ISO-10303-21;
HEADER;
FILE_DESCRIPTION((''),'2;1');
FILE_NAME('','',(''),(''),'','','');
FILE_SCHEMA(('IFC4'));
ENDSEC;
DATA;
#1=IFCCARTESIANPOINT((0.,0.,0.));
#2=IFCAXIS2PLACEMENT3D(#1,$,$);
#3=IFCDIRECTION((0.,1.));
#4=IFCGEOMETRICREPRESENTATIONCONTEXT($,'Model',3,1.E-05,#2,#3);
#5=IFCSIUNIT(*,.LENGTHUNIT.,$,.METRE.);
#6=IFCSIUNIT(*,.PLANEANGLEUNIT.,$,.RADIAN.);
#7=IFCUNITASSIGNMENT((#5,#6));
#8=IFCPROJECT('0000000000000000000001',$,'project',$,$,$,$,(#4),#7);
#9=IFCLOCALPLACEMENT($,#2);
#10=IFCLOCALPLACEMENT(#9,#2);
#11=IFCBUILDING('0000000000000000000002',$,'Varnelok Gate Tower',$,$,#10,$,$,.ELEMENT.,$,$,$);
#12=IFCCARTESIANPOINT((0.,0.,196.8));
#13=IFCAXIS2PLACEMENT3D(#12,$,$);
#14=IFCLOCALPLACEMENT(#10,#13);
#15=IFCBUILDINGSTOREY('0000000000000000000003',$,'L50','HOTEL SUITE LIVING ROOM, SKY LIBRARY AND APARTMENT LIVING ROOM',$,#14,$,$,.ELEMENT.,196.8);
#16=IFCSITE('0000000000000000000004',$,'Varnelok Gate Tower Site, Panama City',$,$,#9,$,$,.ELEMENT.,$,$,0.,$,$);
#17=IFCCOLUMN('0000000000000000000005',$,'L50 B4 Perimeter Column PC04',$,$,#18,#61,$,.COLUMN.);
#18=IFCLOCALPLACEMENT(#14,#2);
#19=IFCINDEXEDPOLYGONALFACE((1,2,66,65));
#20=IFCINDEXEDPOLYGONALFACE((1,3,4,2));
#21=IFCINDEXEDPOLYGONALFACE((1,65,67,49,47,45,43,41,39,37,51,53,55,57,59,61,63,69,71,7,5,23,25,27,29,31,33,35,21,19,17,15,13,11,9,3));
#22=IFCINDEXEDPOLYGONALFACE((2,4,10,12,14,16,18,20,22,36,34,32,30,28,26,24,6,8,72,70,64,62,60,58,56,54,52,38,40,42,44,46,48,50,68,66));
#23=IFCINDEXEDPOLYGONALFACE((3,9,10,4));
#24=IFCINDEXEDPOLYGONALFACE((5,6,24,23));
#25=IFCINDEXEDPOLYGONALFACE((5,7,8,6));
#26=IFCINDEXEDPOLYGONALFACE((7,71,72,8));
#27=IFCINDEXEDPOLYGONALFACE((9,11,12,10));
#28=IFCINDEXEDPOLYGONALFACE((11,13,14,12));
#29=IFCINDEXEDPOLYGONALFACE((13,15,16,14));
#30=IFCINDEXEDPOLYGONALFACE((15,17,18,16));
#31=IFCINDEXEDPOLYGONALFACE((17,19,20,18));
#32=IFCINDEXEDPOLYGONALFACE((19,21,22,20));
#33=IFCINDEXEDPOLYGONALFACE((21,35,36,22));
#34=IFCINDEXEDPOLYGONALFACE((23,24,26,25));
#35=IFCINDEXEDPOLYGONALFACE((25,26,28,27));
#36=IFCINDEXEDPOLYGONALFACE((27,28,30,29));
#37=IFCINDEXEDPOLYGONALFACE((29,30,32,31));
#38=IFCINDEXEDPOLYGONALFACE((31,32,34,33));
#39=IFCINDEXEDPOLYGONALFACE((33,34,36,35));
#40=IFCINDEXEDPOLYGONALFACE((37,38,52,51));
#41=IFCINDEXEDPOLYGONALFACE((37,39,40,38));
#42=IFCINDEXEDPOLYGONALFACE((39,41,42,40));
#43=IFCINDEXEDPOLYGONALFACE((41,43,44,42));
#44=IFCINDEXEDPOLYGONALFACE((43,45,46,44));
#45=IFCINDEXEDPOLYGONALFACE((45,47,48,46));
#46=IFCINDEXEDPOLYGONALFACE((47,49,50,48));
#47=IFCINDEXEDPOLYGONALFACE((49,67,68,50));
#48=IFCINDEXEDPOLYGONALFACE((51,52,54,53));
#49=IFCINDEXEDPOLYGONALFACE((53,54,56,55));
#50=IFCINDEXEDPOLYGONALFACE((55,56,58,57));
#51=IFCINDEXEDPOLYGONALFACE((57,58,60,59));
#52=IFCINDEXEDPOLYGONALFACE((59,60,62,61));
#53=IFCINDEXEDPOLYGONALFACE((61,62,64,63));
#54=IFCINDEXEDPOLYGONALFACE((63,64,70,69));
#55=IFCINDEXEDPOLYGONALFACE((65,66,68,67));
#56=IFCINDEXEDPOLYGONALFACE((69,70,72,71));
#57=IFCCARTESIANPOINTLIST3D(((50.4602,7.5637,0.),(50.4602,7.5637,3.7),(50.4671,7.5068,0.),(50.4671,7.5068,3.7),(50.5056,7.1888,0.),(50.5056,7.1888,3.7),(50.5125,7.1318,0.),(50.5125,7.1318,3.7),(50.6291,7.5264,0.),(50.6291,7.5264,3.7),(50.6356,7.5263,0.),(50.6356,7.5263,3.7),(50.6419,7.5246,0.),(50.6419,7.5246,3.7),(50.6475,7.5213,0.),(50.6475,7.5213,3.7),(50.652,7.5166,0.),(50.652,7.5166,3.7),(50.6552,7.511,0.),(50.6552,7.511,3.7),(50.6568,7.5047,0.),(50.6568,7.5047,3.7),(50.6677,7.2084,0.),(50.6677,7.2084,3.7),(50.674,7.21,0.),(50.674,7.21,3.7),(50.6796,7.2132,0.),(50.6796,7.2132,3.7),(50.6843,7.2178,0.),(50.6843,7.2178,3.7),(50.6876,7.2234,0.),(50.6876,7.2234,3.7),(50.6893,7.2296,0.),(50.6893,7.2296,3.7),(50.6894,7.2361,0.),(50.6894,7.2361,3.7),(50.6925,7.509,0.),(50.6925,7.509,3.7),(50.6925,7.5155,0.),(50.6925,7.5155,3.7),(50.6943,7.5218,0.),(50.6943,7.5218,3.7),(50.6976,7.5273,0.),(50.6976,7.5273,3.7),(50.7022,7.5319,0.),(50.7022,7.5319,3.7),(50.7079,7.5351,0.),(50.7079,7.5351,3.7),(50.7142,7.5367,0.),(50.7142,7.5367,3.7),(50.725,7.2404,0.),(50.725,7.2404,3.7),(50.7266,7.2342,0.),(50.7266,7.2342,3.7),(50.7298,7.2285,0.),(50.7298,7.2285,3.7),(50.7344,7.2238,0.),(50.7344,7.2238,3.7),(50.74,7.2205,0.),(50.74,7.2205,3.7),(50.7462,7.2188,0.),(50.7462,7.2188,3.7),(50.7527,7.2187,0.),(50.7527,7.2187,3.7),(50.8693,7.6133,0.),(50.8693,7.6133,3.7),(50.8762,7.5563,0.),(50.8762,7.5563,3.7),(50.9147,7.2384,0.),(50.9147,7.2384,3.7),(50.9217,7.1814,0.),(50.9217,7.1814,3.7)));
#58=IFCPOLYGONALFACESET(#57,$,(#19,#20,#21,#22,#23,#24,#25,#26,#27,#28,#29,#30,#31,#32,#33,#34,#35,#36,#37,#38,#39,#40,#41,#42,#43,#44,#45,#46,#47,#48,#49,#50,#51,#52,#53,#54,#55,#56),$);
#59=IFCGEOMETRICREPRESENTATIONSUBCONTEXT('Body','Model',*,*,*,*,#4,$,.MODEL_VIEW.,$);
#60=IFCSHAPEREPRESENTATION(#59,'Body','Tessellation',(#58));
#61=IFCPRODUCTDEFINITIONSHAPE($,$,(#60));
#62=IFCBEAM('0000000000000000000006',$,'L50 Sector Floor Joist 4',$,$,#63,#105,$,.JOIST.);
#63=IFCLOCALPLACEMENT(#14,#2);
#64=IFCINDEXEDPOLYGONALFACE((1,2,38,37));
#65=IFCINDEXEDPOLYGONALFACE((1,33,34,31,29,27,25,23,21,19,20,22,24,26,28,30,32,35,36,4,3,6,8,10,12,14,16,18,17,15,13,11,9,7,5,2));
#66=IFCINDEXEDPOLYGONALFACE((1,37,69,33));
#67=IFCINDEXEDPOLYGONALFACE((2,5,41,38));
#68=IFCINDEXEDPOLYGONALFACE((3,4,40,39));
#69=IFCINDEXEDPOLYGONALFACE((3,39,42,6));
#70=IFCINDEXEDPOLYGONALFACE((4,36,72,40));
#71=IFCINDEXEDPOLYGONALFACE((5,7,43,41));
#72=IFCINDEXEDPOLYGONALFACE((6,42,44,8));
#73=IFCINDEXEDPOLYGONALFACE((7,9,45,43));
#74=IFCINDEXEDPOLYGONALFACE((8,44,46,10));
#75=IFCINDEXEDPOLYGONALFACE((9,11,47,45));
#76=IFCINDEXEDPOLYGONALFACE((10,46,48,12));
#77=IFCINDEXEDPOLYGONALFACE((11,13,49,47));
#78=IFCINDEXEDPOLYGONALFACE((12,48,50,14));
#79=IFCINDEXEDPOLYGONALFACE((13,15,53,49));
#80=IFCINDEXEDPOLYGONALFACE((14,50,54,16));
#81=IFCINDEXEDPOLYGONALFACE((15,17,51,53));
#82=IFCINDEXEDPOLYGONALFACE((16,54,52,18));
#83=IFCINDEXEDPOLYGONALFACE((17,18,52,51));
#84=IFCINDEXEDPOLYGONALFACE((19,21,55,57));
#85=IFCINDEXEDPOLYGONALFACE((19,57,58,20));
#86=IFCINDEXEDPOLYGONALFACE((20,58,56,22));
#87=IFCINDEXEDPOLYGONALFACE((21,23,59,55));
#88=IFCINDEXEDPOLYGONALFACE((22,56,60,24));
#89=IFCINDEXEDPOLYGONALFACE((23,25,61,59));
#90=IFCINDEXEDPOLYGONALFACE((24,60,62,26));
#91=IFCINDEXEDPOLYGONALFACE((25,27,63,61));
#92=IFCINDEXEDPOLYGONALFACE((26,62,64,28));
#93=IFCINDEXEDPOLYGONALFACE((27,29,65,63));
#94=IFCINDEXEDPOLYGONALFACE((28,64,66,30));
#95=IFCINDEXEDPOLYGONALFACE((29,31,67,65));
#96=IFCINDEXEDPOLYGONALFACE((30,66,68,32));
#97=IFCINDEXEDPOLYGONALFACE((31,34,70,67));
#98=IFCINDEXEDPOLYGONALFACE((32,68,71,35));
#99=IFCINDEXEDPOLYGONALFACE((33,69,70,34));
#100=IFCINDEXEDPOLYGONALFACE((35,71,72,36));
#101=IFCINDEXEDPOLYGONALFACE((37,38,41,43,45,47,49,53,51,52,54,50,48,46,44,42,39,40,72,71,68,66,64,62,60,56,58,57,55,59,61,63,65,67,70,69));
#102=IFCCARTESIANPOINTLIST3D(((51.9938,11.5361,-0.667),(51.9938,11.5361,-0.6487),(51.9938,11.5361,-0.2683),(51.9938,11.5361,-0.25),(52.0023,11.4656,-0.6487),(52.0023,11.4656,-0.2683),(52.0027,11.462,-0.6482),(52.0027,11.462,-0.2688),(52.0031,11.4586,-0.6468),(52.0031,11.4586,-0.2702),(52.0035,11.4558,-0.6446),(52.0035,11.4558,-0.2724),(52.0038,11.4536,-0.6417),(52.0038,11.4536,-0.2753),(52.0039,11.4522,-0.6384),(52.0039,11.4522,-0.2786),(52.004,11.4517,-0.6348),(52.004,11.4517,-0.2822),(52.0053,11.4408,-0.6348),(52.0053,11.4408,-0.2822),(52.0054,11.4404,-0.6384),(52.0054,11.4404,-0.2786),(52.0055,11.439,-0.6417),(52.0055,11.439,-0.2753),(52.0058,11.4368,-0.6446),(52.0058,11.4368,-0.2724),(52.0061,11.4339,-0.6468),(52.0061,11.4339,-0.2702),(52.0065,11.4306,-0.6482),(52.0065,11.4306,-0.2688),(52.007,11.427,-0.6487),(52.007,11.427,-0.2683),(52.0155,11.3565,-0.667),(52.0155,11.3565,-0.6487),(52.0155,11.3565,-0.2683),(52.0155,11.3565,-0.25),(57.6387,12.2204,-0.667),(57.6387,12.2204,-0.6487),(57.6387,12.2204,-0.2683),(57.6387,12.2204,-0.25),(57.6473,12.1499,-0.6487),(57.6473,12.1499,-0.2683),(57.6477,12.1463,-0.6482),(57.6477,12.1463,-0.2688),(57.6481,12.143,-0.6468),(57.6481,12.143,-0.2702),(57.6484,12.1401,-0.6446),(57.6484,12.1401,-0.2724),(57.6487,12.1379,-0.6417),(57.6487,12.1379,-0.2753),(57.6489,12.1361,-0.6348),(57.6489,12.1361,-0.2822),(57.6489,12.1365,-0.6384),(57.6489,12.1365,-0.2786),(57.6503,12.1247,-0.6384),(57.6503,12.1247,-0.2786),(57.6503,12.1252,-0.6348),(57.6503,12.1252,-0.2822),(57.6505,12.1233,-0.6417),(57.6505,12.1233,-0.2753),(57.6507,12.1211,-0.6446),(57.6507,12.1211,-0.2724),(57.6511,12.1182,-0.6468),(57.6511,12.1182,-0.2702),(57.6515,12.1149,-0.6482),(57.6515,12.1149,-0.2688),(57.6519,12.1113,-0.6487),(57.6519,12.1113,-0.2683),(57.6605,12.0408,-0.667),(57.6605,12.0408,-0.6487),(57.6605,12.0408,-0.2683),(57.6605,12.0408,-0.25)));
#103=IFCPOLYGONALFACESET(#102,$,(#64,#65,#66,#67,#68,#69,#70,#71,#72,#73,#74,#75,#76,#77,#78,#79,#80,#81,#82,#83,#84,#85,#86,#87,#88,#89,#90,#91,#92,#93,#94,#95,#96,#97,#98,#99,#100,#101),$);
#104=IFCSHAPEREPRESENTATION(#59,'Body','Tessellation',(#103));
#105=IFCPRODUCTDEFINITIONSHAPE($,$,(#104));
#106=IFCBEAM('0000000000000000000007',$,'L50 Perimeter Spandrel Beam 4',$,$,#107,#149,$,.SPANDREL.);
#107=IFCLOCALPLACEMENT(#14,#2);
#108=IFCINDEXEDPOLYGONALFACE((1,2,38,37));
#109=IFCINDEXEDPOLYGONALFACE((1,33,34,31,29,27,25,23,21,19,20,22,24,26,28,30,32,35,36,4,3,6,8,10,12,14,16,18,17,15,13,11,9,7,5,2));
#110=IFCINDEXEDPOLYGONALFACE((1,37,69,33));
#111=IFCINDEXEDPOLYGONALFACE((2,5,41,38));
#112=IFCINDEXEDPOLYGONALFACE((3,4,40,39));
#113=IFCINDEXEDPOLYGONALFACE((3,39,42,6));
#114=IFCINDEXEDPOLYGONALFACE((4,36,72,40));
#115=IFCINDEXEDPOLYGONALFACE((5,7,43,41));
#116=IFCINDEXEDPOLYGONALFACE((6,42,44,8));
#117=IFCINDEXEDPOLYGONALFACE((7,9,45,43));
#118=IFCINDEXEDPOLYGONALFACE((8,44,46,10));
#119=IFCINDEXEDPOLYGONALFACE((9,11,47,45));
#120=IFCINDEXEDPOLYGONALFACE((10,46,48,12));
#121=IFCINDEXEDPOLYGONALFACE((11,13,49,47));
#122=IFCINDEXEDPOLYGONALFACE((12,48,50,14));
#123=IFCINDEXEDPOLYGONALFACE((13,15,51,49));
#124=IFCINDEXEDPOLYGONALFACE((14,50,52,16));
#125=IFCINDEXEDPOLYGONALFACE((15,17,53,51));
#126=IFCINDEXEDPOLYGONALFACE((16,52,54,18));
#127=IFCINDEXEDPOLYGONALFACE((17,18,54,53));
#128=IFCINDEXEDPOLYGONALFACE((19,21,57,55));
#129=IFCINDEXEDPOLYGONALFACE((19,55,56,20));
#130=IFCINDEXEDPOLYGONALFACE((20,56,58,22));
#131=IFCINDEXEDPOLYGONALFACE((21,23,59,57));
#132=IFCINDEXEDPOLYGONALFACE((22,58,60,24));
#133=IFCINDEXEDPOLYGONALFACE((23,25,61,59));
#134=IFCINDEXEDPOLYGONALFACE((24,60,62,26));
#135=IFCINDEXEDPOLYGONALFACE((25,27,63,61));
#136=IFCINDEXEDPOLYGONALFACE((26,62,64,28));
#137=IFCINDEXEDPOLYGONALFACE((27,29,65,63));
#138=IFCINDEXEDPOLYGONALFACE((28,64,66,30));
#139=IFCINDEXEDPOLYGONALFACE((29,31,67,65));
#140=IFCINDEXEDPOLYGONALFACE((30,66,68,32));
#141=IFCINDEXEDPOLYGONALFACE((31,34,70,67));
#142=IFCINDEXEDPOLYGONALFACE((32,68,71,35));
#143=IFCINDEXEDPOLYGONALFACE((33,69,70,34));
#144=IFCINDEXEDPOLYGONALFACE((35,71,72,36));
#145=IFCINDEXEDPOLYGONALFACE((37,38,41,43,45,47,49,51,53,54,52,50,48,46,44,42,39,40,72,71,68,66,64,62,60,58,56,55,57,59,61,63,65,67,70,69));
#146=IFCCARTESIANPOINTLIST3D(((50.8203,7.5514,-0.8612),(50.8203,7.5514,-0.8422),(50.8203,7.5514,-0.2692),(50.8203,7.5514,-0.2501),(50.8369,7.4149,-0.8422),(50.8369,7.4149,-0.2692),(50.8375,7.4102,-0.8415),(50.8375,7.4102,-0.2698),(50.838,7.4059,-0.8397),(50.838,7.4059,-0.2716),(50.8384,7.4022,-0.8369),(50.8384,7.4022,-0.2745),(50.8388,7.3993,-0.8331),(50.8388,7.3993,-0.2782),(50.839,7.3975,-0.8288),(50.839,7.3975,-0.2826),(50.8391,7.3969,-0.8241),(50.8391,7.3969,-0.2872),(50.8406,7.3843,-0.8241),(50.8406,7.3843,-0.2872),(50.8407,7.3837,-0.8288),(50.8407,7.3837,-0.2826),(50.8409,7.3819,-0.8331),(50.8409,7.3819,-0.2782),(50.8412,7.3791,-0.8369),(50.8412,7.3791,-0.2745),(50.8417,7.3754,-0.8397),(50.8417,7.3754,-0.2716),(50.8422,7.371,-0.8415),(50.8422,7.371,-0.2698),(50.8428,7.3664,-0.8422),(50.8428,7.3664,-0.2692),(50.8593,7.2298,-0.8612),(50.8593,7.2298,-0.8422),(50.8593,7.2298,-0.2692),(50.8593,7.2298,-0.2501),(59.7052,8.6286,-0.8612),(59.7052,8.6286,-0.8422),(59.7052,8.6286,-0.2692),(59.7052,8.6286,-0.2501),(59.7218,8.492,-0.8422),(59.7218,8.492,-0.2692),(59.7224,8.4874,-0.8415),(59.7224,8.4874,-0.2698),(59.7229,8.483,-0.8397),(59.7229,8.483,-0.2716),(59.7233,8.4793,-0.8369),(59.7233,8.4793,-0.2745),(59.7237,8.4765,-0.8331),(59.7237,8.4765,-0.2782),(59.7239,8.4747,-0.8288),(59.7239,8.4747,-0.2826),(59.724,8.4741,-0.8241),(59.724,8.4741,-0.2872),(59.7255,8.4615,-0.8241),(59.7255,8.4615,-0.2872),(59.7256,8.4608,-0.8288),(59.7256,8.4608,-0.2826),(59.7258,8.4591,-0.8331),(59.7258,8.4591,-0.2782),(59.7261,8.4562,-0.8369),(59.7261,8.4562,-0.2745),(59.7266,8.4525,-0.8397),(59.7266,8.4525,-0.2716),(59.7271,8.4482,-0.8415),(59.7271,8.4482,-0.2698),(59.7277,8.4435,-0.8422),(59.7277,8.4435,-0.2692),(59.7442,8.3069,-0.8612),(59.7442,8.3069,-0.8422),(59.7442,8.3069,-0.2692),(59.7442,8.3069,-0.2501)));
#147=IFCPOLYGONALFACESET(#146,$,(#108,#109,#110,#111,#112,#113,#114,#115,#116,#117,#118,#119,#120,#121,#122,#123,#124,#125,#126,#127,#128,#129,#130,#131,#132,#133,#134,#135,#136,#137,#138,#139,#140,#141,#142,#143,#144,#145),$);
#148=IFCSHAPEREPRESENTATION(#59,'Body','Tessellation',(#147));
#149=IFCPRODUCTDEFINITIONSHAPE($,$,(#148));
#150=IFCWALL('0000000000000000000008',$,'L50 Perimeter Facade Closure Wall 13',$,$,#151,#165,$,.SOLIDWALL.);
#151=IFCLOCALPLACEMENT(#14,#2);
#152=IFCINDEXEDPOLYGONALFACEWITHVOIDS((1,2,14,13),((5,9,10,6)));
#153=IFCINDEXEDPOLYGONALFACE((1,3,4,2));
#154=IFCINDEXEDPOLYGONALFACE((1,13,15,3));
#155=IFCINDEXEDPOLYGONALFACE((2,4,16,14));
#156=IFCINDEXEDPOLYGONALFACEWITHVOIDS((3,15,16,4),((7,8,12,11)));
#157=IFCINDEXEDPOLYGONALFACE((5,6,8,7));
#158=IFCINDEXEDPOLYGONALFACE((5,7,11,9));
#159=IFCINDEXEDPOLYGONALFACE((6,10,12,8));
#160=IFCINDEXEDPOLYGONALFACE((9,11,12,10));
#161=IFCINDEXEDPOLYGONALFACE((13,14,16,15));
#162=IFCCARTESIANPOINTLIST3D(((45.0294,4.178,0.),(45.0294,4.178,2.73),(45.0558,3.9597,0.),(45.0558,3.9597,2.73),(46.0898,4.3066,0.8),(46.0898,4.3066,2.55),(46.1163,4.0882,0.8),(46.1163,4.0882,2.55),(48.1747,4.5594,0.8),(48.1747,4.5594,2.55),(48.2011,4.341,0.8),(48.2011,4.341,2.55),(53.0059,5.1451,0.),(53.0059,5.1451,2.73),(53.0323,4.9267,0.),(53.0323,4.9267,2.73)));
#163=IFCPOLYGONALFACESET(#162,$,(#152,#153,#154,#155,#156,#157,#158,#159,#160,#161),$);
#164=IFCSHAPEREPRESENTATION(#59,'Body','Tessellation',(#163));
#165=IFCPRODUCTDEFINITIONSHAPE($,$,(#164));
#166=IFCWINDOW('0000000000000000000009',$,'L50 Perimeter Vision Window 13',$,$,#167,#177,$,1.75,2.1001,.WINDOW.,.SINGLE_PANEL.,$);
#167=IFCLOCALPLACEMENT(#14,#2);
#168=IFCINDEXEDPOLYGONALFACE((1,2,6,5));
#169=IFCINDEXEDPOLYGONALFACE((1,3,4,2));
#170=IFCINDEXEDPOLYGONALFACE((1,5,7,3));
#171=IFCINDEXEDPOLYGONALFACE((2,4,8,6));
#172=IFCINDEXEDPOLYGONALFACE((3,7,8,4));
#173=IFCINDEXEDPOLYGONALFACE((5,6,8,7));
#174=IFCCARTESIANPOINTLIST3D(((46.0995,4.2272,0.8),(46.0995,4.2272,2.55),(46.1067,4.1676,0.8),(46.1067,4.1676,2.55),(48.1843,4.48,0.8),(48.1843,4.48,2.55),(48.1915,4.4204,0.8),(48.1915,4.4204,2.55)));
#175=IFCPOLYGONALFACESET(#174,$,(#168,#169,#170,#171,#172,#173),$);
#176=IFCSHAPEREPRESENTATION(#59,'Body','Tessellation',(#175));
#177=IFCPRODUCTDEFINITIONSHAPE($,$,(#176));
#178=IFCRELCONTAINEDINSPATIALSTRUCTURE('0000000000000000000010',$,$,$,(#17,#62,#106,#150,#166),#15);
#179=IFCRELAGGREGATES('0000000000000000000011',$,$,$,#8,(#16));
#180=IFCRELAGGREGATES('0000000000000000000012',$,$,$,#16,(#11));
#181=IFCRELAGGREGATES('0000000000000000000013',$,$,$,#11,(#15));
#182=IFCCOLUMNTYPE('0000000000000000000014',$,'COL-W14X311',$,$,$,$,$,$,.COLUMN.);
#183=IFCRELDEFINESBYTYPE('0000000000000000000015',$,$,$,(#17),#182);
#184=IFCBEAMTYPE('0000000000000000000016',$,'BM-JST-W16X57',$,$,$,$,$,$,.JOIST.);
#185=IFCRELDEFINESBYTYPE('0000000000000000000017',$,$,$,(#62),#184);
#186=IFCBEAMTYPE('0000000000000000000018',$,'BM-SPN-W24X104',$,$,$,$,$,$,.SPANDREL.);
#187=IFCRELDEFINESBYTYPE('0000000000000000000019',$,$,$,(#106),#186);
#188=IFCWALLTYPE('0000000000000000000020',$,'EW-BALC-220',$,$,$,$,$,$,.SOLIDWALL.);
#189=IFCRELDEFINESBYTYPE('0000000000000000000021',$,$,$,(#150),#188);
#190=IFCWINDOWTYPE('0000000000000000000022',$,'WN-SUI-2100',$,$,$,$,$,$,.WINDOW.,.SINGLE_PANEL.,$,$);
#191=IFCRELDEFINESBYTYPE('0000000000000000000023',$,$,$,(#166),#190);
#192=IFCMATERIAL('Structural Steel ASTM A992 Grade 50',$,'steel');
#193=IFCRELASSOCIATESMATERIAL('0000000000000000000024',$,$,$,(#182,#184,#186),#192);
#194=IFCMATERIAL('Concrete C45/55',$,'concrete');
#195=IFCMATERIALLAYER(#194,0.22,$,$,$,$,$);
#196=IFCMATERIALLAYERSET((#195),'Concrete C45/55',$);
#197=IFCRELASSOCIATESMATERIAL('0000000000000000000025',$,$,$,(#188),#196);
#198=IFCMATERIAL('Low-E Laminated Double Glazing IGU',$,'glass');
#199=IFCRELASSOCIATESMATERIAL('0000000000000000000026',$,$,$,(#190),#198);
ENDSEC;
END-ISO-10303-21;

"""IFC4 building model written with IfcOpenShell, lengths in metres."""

from ifc_helpers import new_model, si_unit, direction, frame, frame_2d, origin, origin_2d, place, context, subcontext, project, spatial, rectangle, i_section, extrude, material, layer, layer_set, material_profile, profile_set, type_object, element, fill, save


model = new_model("IFC4")

# Units and contexts
model_context = context("Model", 3, precision=1e-05, world=origin(), true_north=direction((0.0, 1.0)))
body_context = subcontext(model_context, "Body", "Model", "MODEL_VIEW")
ifc_project = project(units=[si_unit("LENGTHUNIT", "METRE"), si_unit("PLANEANGLEUNIT", "RADIAN")], contexts=[model_context])

# Site, building, storey
site_placement = place(None, origin())
site = spatial("IfcSite", under=ifc_project, at=site_placement, Name="Varnelok Gate Tower Site, Panama City", CompositionType="ELEMENT", RefElevation=0.0)
building_placement = place(site_placement, origin())
building = spatial("IfcBuilding", under=site, at=building_placement, Name="Varnelok Gate Tower", CompositionType="ELEMENT")
storey_placement = place(building_placement, frame((0.0, 0.0, 196.8)))
storey = spatial("IfcBuildingStorey", under=building, at=storey_placement, Name="L50", Description="HOTEL SUITE LIVING ROOM, SKY LIBRARY AND APARTMENT LIVING ROOM", CompositionType="ELEMENT", Elevation=196.8)

# Column
ifc_material_1 = material(Name="Structural Steel ASTM A992 Grade 50", Category="steel")
ifc_material_profile_1 = material_profile(ifc_material_1, i_section(OverallWidth=0.4121, OverallDepth=0.4351, WebThickness=0.0359, FlangeThickness=0.0574, FilletRadius=0.0249, at=origin_2d()), Name="W14X311")
ifc_profile_set_1 = profile_set([ifc_material_profile_1], Name="Structural Steel ASTM A992 Grade 50")
column_type = type_object("IfcColumnType", Name="COL-W14X311", PredefinedType="COLUMN", material=ifc_profile_set_1)
column_placement = place(storey_placement, frame((50.6909, 7.3726, 0.0), z_axis=(0.0, 0.0, 1.0), x_axis=(0.992732, 0.120345, 0.0)))
element("IfcColumn", 1, at=column_placement, inside=storey, type_object=column_type, Name="L50 B4 Perimeter Column PC04", PredefinedType="COLUMN", context=body_context, shape_type="SweptSolid", body=[
    extrude(i_section(OverallWidth=0.4121, OverallDepth=0.4351, WebThickness=0.0359, FlangeThickness=0.0574, FilletRadius=0.0249, at=origin_2d()), origin(), (0.0, 0.0, 1.0), 3.7),
])

# Beams
ifc_material_profile_2 = material_profile(ifc_material_1, i_section(OverallWidth=0.1809, OverallDepth=0.417, WebThickness=0.011, FlangeThickness=0.0183, FilletRadius=0.0139, at=origin_2d()), Name="W16X57")
ifc_profile_set_2 = profile_set([ifc_material_profile_2], Name="Structural Steel ASTM A992 Grade 50")
beam_type_1 = type_object("IfcBeamType", Name="BM-JST-W16X57", PredefinedType="JOIST", material=ifc_profile_set_2)
beam_1_placement = place(storey_placement, frame((52.0046, 11.4463, -0.4585), z_axis=(0.992732, 0.120345, 0.0), x_axis=(-0.120345, 0.992732, 0.0)))
element("IfcBeam", 2, at=beam_1_placement, inside=storey, type_object=beam_type_1, Name="L50 Sector Floor Joist 4", PredefinedType="JOIST", context=body_context, shape_type="SweptSolid", body=[
    extrude(i_section(OverallWidth=0.1809, OverallDepth=0.417, WebThickness=0.011, FlangeThickness=0.0183, FilletRadius=0.0139, at=origin_2d()), origin(), (0.0, 0.0, 1.0), 5.6863),
])
ifc_material_profile_3 = material_profile(ifc_material_1, i_section(OverallWidth=0.324, OverallDepth=0.6111, WebThickness=0.0127, FlangeThickness=0.019, FilletRadius=0.0181, at=origin_2d()), Name="W24X104")
ifc_profile_set_3 = profile_set([ifc_material_profile_3], Name="Structural Steel ASTM A992 Grade 50")
beam_type_2 = type_object("IfcBeamType", Name="BM-SPN-W24X104", PredefinedType="SPANDREL", material=ifc_profile_set_3)
beam_2_placement = place(storey_placement, frame((50.8398, 7.3906, -0.5557), z_axis=(0.992731, 0.120351, 0.0), x_axis=(-0.120351, 0.992731, 0.0)))
element("IfcBeam", 3, at=beam_2_placement, inside=storey, type_object=beam_type_2, Name="L50 Perimeter Spandrel Beam 4", PredefinedType="SPANDREL", context=body_context, shape_type="SweptSolid", body=[
    extrude(i_section(OverallWidth=0.324, OverallDepth=0.6111, WebThickness=0.0127, FlangeThickness=0.019, FilletRadius=0.0181, at=origin_2d()), origin(), (0.0, 0.0, 1.0), 8.95),
])

# Wall, opening, window
ifc_material_2 = material(Name="Concrete C45/55", Category="concrete")
ifc_layer_1 = layer(ifc_material_2, 0.22)
ifc_layer_set_1 = layer_set([ifc_layer_1], Name="Concrete C45/55")
wall_type_1 = type_object("IfcWallType", Name="EW-BALC-220", PredefinedType="SOLIDWALL", material=ifc_layer_set_1)
wall_1_placement = place(storey_placement, frame((45.0425, 4.0688, 0.0), z_axis=(0.0, 0.0, 1.0), x_axis=(0.992731, 0.120354, 0.0)))
wall_1 = element("IfcWall", 4, at=wall_1_placement, inside=storey, type_object=wall_type_1, Name="L50 Perimeter Facade Closure Wall 13", PredefinedType="SOLIDWALL", context=body_context, shape_type="SweptSolid", body=[
    extrude(rectangle(XDim=8.0349, YDim=0.22, at=frame_2d((4.0176, 0.0))), origin(), (0.0, 0.0, 1.0), 2.73),
])
opening_1_placement = place(wall_1_placement, frame((1.0684, 0.0, 0.8)))
opening_1 = element("IfcOpeningElement", 5, at=opening_1_placement, cuts=wall_1, PredefinedType="OPENING", context=body_context, shape_type="SweptSolid", body=[
    extrude(rectangle(XDim=2.1001, YDim=1.75, at=frame_2d((1.05, 0.875))), frame((0.0, 0.1199, 0.0), z_axis=(0.0, -1.0, 0.0), x_axis=(1.0, 0.0, 0.0)), (0.0, 0.0, 1.0), 0.24),
])
ifc_material_3 = material(Name="Low-E Laminated Double Glazing IGU", Category="glass")
window_type = type_object("IfcWindowType", Name="WN-SUI-2100", PartitioningType="SINGLE_PANEL", PredefinedType="WINDOW", material=ifc_material_3)
window_placement = place(opening_1_placement, origin())
window = element("IfcWindow", 6, at=window_placement, inside=storey, type_object=window_type, Name="L50 Perimeter Vision Window 13", OverallHeight=1.75, OverallWidth=2.1001, PartitioningType="SINGLE_PANEL", PredefinedType="WINDOW", context=body_context, shape_type="SweptSolid", body=[
    extrude(rectangle(XDim=2.1001, YDim=1.75, at=frame_2d((1.05, 0.875))), frame((0.0, 0.03, 0.0), z_axis=(0.0, -1.0, 0.0), x_axis=(1.0, 0.0, 0.0)), (0.0, 0.0, 1.0), 0.0601),
])
fill(opening_1, window)

save(model, "model.ifc")
